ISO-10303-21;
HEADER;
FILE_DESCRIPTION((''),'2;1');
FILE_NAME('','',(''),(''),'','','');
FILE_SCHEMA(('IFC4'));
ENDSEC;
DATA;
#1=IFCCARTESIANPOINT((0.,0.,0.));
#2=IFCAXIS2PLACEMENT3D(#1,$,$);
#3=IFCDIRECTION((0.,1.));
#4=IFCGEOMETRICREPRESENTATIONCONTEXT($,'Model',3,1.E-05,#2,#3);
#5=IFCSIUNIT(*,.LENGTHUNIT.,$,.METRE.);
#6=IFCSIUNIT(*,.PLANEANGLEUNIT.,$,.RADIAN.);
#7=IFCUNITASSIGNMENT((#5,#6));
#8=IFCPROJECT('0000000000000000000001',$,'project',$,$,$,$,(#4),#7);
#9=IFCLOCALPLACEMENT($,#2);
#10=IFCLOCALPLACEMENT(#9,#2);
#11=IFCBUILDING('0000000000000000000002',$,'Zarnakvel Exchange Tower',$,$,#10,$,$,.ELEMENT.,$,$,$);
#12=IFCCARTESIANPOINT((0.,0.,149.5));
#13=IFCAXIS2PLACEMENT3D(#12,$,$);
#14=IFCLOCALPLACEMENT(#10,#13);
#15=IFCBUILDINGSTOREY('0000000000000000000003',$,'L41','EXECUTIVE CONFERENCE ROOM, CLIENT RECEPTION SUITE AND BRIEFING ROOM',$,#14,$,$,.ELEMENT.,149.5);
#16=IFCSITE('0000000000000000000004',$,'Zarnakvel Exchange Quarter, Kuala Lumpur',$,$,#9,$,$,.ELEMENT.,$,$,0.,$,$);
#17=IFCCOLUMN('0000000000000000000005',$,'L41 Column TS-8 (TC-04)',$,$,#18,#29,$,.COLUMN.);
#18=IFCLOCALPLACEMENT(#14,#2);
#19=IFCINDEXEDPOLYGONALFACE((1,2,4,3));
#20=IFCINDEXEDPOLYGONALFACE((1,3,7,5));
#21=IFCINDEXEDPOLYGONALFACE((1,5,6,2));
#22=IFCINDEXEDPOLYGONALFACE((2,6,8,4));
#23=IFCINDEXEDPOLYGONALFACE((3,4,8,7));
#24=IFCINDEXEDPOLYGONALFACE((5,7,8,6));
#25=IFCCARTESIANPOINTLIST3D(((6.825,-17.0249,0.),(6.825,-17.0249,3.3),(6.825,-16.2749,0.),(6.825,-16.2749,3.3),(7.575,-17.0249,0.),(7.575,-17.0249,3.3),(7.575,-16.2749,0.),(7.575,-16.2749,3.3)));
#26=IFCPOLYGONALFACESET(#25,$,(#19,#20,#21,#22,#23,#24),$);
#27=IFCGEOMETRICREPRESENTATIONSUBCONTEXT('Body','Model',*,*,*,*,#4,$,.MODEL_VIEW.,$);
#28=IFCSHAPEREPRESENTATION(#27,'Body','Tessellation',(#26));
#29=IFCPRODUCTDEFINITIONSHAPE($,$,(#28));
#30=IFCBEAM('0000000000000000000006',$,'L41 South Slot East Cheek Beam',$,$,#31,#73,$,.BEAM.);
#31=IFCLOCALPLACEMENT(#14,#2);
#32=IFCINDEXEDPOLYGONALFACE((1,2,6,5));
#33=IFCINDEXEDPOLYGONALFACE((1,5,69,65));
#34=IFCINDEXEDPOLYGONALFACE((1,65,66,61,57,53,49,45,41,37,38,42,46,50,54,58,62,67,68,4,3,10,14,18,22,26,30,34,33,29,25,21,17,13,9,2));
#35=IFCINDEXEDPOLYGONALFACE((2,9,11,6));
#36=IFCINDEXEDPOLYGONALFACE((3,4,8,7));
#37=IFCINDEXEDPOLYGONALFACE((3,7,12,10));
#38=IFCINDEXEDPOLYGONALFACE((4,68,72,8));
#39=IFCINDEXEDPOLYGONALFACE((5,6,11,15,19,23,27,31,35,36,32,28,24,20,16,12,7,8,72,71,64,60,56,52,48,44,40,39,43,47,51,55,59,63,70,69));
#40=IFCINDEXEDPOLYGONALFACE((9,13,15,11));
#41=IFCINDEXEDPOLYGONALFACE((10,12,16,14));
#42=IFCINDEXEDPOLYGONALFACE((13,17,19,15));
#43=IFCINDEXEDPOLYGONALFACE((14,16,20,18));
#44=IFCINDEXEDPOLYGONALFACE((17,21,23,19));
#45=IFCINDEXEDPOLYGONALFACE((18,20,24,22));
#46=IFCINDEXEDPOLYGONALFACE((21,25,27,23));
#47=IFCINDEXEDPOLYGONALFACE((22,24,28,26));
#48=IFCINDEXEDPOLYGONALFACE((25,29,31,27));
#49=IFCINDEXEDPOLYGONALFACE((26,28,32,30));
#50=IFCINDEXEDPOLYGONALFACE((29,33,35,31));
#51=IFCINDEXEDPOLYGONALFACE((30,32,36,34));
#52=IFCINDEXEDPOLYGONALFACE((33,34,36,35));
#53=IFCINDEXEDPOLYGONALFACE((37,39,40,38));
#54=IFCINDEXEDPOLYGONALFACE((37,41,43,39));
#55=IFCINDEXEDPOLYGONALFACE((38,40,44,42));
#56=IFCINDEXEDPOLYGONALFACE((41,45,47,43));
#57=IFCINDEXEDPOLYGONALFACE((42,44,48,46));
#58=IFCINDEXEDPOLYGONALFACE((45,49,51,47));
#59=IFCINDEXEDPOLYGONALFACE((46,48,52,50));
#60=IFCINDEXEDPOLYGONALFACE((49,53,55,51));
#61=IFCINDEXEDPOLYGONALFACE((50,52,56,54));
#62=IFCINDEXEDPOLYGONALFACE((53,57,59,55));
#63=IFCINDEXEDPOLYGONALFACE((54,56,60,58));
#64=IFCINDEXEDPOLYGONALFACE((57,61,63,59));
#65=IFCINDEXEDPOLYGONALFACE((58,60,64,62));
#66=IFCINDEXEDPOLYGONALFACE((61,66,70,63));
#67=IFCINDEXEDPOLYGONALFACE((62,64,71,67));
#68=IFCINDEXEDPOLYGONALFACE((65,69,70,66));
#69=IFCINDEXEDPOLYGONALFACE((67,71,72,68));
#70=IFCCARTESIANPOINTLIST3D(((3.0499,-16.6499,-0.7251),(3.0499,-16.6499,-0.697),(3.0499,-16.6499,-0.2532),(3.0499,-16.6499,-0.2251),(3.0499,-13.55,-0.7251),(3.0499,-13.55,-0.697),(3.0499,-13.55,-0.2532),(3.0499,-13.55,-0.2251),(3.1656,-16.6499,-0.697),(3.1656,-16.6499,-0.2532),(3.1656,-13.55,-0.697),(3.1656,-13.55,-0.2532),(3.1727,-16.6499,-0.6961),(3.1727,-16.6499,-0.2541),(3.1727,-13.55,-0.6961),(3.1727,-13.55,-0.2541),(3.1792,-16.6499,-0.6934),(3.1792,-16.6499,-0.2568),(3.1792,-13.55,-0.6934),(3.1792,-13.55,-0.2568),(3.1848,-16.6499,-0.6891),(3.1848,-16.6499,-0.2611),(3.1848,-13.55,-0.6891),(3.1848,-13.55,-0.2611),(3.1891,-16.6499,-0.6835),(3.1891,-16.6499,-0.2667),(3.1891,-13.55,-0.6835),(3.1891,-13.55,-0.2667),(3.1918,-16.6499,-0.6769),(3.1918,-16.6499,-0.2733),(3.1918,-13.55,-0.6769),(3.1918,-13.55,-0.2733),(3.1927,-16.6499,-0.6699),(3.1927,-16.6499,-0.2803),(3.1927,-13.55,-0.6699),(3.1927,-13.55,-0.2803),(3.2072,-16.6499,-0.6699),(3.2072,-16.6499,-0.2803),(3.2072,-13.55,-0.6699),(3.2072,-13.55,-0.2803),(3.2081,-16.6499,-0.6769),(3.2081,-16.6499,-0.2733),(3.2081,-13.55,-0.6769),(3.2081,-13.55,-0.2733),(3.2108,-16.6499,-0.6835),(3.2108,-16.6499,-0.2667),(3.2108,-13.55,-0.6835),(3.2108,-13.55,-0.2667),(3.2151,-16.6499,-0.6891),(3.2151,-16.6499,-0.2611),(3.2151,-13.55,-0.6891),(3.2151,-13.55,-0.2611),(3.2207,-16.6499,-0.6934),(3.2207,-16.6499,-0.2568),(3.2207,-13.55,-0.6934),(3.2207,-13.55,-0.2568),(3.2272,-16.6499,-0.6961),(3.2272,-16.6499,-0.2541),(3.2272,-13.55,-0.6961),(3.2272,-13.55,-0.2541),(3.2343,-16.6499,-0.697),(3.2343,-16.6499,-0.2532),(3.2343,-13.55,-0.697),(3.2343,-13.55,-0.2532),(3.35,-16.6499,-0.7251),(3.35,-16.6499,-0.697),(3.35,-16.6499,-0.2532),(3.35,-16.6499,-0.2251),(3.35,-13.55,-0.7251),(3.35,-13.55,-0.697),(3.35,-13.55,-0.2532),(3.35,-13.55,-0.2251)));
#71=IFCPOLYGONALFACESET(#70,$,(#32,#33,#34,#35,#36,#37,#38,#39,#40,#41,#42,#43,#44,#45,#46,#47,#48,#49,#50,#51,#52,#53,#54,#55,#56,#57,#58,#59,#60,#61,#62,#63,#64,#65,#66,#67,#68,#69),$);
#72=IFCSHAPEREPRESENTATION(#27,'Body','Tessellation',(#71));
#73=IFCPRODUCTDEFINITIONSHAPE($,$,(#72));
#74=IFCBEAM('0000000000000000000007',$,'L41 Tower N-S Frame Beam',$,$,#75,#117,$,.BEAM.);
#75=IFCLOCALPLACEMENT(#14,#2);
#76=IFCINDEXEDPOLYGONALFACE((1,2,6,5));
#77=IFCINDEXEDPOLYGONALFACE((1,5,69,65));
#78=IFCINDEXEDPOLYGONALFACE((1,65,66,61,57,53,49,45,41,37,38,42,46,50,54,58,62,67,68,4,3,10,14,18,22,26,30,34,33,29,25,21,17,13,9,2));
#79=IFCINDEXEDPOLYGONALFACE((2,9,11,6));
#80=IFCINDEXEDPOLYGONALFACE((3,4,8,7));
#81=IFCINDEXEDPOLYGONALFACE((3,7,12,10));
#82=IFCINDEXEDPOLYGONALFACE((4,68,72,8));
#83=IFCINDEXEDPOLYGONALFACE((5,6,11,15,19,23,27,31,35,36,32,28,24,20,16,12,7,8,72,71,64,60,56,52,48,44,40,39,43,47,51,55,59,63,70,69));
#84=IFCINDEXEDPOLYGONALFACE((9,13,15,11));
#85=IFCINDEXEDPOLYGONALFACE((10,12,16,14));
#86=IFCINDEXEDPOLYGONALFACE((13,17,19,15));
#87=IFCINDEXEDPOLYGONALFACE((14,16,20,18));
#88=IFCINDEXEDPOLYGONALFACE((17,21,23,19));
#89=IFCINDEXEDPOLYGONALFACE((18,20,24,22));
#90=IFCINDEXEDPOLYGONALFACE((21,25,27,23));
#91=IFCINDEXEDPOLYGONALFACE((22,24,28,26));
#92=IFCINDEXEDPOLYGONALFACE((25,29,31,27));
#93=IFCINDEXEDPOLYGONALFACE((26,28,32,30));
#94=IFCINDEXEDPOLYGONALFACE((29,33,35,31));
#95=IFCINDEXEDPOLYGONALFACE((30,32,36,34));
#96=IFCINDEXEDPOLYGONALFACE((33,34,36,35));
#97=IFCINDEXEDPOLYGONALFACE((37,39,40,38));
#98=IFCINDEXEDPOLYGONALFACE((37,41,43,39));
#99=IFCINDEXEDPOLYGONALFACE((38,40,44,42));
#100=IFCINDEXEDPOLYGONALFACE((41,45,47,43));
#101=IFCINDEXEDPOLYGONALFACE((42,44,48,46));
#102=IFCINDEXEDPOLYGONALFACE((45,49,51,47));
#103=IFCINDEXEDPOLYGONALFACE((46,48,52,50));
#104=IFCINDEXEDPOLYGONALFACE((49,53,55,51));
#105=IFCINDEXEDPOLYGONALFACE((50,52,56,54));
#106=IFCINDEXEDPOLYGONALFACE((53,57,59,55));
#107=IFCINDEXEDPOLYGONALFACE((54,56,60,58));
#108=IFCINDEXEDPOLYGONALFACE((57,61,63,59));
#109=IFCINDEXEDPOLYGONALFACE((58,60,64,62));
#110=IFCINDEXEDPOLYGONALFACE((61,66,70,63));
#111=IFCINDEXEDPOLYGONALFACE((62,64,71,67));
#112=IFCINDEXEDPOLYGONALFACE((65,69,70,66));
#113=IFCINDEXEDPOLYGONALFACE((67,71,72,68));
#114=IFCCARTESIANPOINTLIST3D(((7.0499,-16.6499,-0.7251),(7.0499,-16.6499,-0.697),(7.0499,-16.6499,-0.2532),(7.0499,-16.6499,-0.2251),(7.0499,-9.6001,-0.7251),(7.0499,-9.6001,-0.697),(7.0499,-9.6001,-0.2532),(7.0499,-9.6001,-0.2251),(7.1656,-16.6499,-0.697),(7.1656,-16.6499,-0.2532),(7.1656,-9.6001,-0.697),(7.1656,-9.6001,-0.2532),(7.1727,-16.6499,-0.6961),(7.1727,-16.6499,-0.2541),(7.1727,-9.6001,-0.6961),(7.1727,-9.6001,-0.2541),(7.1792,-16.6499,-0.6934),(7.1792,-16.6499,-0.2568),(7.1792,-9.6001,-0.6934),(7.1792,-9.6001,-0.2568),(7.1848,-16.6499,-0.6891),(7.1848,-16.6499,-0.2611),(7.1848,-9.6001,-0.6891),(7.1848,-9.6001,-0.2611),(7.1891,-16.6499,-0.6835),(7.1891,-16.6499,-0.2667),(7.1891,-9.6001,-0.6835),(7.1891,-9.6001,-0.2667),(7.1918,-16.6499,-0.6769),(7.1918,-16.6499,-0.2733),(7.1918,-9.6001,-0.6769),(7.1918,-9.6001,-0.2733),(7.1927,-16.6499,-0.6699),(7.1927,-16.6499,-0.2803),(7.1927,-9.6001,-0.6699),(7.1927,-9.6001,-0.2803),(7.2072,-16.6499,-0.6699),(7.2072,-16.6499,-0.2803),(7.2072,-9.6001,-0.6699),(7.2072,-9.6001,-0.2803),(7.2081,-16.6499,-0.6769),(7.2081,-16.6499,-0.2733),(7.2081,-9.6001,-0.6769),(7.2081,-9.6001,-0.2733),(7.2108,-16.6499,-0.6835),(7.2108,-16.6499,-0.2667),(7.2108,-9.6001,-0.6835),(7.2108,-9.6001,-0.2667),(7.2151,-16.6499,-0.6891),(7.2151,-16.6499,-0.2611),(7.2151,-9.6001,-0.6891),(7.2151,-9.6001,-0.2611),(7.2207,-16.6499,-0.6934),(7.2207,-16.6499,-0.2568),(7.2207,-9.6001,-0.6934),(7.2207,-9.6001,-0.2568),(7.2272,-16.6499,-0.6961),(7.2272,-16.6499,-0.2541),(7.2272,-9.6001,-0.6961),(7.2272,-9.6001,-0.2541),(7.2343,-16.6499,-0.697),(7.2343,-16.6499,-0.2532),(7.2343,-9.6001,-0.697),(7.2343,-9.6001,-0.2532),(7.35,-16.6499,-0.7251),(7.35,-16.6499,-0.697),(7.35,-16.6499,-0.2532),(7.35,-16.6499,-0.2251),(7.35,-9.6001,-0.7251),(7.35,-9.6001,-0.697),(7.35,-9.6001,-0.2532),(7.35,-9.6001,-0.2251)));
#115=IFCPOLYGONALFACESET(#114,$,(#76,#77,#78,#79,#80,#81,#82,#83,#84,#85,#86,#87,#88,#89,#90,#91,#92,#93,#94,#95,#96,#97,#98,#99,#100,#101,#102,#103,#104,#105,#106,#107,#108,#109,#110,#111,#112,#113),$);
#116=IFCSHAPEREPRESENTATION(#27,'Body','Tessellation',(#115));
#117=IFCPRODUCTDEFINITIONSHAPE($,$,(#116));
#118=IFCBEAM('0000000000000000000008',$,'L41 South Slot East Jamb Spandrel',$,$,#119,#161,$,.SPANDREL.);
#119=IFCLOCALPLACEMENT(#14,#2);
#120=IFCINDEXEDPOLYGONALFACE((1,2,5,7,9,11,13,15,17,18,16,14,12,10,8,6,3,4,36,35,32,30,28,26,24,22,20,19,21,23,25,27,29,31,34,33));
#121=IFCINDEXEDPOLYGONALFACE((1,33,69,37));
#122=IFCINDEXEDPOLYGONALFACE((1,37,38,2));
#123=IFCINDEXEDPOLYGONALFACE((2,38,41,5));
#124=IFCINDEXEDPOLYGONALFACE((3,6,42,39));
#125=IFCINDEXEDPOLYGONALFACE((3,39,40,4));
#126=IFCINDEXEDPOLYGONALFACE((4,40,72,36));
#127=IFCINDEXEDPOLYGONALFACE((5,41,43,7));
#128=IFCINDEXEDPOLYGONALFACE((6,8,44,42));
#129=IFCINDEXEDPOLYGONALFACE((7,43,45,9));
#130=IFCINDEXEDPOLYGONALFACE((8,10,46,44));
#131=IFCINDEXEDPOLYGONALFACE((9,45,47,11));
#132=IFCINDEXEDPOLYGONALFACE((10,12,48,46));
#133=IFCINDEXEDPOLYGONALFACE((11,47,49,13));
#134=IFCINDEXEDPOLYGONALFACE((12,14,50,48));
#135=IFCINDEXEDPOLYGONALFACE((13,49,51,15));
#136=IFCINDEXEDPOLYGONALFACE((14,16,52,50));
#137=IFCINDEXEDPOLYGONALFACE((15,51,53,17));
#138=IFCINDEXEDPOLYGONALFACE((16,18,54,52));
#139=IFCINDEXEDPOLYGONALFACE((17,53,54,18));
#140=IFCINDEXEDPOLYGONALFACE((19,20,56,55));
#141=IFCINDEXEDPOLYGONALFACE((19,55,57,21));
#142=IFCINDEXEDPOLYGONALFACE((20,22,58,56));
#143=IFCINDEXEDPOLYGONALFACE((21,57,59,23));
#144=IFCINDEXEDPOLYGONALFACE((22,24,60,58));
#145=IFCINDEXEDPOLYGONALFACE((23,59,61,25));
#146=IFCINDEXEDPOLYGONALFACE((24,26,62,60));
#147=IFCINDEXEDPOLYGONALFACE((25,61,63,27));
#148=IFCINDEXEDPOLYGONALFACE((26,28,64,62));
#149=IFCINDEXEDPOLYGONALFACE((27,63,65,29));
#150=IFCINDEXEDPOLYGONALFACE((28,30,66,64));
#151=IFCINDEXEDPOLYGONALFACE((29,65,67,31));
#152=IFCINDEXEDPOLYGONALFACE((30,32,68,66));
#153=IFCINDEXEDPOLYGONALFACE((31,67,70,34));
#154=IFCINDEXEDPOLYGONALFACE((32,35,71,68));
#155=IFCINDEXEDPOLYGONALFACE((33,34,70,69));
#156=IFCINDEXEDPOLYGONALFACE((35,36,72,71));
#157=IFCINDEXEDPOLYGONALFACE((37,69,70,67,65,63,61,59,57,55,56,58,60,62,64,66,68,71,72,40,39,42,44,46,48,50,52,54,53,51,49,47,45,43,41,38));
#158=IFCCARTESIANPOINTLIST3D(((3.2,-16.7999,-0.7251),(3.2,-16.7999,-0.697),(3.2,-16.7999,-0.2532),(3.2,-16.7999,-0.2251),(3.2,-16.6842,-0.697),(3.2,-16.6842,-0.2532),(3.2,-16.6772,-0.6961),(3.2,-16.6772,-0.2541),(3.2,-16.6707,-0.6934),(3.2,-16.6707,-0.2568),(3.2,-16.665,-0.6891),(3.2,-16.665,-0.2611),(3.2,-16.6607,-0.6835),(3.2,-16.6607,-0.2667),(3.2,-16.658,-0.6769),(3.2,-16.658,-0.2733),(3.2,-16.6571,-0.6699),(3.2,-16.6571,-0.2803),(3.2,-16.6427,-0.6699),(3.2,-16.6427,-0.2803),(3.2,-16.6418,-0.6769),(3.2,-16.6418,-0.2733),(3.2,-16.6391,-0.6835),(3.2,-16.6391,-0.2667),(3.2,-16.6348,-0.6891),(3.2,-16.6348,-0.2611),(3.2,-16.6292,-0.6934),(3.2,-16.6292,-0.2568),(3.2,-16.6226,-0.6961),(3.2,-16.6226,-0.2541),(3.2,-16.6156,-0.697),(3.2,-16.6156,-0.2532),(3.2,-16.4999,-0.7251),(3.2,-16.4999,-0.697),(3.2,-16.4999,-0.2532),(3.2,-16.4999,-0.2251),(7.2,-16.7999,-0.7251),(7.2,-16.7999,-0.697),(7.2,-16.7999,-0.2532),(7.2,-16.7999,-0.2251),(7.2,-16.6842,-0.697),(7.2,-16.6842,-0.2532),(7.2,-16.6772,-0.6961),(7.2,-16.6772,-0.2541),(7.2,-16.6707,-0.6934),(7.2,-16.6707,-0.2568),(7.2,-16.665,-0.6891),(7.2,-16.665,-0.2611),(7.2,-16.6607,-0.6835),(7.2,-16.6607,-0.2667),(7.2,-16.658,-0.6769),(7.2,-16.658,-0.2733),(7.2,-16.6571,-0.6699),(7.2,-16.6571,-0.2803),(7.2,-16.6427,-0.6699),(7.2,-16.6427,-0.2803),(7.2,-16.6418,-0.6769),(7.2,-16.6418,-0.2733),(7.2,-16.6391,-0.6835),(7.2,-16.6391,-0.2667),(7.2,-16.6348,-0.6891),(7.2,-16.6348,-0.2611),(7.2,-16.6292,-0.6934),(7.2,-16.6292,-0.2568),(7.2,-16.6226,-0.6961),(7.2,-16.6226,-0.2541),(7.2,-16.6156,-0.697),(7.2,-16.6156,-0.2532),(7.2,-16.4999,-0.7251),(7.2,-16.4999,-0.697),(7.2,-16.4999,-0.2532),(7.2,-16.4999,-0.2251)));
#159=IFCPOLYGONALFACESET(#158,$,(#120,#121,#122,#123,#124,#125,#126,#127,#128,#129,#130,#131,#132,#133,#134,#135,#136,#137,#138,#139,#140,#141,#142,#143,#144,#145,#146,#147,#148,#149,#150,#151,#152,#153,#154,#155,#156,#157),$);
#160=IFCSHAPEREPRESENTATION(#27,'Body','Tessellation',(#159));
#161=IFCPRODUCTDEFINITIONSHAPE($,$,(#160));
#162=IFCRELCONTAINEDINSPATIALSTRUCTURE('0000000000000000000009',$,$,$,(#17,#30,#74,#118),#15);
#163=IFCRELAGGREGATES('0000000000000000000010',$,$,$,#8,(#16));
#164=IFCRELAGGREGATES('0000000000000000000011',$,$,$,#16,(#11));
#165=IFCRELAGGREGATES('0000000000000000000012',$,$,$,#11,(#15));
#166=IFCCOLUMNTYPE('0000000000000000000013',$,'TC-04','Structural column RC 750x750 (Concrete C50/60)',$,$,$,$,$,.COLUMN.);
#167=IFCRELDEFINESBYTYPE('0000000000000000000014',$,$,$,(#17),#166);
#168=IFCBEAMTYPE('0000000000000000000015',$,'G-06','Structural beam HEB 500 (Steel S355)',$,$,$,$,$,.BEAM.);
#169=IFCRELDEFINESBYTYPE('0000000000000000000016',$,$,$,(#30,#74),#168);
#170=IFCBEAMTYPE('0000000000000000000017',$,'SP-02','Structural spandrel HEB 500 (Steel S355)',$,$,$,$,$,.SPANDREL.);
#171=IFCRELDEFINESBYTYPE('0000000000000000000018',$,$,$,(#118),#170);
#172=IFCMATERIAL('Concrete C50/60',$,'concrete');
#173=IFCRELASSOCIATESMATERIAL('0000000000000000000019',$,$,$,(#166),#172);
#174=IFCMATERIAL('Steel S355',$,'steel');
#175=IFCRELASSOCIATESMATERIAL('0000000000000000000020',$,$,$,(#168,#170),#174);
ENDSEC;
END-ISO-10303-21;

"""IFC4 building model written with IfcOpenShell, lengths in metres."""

from ifc_helpers import new_model, si_unit, direction, frame, origin, origin_2d, place, context, subcontext, project, spatial, rectangle, i_section, extrude, material, material_profile, profile_set, type_object, element, save


model = new_model("IFC4")

# Units and contexts
model_context = context("Model", 3, precision=1e-05, world=origin(), true_north=direction((0.0, 1.0)))
body_context = subcontext(model_context, "Body", "Model", "MODEL_VIEW")
ifc_project = project(units=[si_unit("LENGTHUNIT", "METRE"), si_unit("PLANEANGLEUNIT", "RADIAN")], contexts=[model_context])

# Site, building, storey
site_placement = place(None, origin())
site = spatial("IfcSite", under=ifc_project, at=site_placement, Name="Zarnakvel Exchange Quarter, Kuala Lumpur", CompositionType="ELEMENT", RefElevation=0.0)
building_placement = place(site_placement, origin())
building = spatial("IfcBuilding", under=site, at=building_placement, Name="Zarnakvel Exchange Tower", CompositionType="ELEMENT")
storey_placement = place(building_placement, frame((0.0, 0.0, 149.5)))
storey = spatial("IfcBuildingStorey", under=building, at=storey_placement, Name="L41", Description="EXECUTIVE CONFERENCE ROOM, CLIENT RECEPTION SUITE AND BRIEFING ROOM", CompositionType="ELEMENT", Elevation=149.5)

# Column
ifc_material_1 = material(Name="Concrete C50/60", Category="concrete")
ifc_material_profile_1 = material_profile(ifc_material_1, rectangle(XDim=0.75, YDim=0.75, at=origin_2d()))
ifc_profile_set_1 = profile_set([ifc_material_profile_1], Name="Concrete C50/60")
column_type = type_object("IfcColumnType", Name="TC-04", Description="Structural column RC 750x750 (Concrete C50/60)", PredefinedType="COLUMN", material=ifc_profile_set_1)
column_placement = place(storey_placement, frame((7.2, -16.6499, 0.0), z_axis=(0.0, 0.0, 1.0), x_axis=(1.0, 0.0, 0.0)))
element("IfcColumn", 1, at=column_placement, inside=storey, type_object=column_type, Name="L41 Column TS-8 (TC-04)", PredefinedType="COLUMN", context=body_context, shape_type="SweptSolid", body=[
    extrude(rectangle(XDim=0.75, YDim=0.75, at=origin_2d()), origin(), (0.0, 0.0, 1.0), 3.3),
])

# Beams
ifc_material_2 = material(Name="Steel S355", Category="steel")
ifc_material_profile_2 = material_profile(ifc_material_2, i_section(OverallWidth=0.3, OverallDepth=0.5, WebThickness=0.0144, FlangeThickness=0.0281, FilletRadius=0.0271, at=origin_2d()))
ifc_profile_set_2 = profile_set([ifc_material_profile_2], Name="Steel S355")
beam_type_1 = type_object("IfcBeamType", Name="G-06", Description="Structural beam HEB 500 (Steel S355)", PredefinedType="BEAM", material=ifc_profile_set_2)
beam_1_placement = place(storey_placement, frame((3.2, -16.6499, -0.4751), z_axis=(0.0, 1.0, 0.0), x_axis=(-1.0, 0.0, 0.0)))
element("IfcBeam", 2, at=beam_1_placement, inside=storey, type_object=beam_type_1, Name="L41 South Slot East Cheek Beam", PredefinedType="BEAM", context=body_context, shape_type="SweptSolid", body=[
    extrude(i_section(OverallWidth=0.3, OverallDepth=0.5, WebThickness=0.0144, FlangeThickness=0.0281, FilletRadius=0.0271, at=origin_2d()), origin(), (0.0, 0.0, 1.0), 3.0999),
])
beam_2_placement = place(storey_placement, frame((7.2, -16.6499, -0.4751), z_axis=(0.0, 1.0, 0.0), x_axis=(-1.0, 0.0, 0.0)))
element("IfcBeam", 3, at=beam_2_placement, inside=storey, type_object=beam_type_1, Name="L41 Tower N-S Frame Beam", PredefinedType="BEAM", context=body_context, shape_type="SweptSolid", body=[
    extrude(i_section(OverallWidth=0.3, OverallDepth=0.5, WebThickness=0.0144, FlangeThickness=0.0281, FilletRadius=0.0271, at=origin_2d()), origin(), (0.0, 0.0, 1.0), 7.0498),
])
ifc_material_profile_3 = material_profile(ifc_material_2, i_section(OverallWidth=0.3, OverallDepth=0.5, WebThickness=0.0144, FlangeThickness=0.0281, FilletRadius=0.0271, at=origin_2d()))
ifc_profile_set_3 = profile_set([ifc_material_profile_3], Name="Steel S355")
beam_type_2 = type_object("IfcBeamType", Name="SP-02", Description="Structural spandrel HEB 500 (Steel S355)", PredefinedType="SPANDREL", material=ifc_profile_set_3)
beam_3_placement = place(storey_placement, frame((3.2, -16.6499, -0.4751), z_axis=(1.0, 0.0, 0.0), x_axis=(0.0, 1.0, 0.0)))
element("IfcBeam", 4, at=beam_3_placement, inside=storey, type_object=beam_type_2, Name="L41 South Slot East Jamb Spandrel", PredefinedType="SPANDREL", context=body_context, shape_type="SweptSolid", body=[
    extrude(i_section(OverallWidth=0.3, OverallDepth=0.5, WebThickness=0.0144, FlangeThickness=0.0281, FilletRadius=0.0271, at=origin_2d()), origin(), (0.0, 0.0, 1.0), 4.0),
])

save(model, "model.ifc")
